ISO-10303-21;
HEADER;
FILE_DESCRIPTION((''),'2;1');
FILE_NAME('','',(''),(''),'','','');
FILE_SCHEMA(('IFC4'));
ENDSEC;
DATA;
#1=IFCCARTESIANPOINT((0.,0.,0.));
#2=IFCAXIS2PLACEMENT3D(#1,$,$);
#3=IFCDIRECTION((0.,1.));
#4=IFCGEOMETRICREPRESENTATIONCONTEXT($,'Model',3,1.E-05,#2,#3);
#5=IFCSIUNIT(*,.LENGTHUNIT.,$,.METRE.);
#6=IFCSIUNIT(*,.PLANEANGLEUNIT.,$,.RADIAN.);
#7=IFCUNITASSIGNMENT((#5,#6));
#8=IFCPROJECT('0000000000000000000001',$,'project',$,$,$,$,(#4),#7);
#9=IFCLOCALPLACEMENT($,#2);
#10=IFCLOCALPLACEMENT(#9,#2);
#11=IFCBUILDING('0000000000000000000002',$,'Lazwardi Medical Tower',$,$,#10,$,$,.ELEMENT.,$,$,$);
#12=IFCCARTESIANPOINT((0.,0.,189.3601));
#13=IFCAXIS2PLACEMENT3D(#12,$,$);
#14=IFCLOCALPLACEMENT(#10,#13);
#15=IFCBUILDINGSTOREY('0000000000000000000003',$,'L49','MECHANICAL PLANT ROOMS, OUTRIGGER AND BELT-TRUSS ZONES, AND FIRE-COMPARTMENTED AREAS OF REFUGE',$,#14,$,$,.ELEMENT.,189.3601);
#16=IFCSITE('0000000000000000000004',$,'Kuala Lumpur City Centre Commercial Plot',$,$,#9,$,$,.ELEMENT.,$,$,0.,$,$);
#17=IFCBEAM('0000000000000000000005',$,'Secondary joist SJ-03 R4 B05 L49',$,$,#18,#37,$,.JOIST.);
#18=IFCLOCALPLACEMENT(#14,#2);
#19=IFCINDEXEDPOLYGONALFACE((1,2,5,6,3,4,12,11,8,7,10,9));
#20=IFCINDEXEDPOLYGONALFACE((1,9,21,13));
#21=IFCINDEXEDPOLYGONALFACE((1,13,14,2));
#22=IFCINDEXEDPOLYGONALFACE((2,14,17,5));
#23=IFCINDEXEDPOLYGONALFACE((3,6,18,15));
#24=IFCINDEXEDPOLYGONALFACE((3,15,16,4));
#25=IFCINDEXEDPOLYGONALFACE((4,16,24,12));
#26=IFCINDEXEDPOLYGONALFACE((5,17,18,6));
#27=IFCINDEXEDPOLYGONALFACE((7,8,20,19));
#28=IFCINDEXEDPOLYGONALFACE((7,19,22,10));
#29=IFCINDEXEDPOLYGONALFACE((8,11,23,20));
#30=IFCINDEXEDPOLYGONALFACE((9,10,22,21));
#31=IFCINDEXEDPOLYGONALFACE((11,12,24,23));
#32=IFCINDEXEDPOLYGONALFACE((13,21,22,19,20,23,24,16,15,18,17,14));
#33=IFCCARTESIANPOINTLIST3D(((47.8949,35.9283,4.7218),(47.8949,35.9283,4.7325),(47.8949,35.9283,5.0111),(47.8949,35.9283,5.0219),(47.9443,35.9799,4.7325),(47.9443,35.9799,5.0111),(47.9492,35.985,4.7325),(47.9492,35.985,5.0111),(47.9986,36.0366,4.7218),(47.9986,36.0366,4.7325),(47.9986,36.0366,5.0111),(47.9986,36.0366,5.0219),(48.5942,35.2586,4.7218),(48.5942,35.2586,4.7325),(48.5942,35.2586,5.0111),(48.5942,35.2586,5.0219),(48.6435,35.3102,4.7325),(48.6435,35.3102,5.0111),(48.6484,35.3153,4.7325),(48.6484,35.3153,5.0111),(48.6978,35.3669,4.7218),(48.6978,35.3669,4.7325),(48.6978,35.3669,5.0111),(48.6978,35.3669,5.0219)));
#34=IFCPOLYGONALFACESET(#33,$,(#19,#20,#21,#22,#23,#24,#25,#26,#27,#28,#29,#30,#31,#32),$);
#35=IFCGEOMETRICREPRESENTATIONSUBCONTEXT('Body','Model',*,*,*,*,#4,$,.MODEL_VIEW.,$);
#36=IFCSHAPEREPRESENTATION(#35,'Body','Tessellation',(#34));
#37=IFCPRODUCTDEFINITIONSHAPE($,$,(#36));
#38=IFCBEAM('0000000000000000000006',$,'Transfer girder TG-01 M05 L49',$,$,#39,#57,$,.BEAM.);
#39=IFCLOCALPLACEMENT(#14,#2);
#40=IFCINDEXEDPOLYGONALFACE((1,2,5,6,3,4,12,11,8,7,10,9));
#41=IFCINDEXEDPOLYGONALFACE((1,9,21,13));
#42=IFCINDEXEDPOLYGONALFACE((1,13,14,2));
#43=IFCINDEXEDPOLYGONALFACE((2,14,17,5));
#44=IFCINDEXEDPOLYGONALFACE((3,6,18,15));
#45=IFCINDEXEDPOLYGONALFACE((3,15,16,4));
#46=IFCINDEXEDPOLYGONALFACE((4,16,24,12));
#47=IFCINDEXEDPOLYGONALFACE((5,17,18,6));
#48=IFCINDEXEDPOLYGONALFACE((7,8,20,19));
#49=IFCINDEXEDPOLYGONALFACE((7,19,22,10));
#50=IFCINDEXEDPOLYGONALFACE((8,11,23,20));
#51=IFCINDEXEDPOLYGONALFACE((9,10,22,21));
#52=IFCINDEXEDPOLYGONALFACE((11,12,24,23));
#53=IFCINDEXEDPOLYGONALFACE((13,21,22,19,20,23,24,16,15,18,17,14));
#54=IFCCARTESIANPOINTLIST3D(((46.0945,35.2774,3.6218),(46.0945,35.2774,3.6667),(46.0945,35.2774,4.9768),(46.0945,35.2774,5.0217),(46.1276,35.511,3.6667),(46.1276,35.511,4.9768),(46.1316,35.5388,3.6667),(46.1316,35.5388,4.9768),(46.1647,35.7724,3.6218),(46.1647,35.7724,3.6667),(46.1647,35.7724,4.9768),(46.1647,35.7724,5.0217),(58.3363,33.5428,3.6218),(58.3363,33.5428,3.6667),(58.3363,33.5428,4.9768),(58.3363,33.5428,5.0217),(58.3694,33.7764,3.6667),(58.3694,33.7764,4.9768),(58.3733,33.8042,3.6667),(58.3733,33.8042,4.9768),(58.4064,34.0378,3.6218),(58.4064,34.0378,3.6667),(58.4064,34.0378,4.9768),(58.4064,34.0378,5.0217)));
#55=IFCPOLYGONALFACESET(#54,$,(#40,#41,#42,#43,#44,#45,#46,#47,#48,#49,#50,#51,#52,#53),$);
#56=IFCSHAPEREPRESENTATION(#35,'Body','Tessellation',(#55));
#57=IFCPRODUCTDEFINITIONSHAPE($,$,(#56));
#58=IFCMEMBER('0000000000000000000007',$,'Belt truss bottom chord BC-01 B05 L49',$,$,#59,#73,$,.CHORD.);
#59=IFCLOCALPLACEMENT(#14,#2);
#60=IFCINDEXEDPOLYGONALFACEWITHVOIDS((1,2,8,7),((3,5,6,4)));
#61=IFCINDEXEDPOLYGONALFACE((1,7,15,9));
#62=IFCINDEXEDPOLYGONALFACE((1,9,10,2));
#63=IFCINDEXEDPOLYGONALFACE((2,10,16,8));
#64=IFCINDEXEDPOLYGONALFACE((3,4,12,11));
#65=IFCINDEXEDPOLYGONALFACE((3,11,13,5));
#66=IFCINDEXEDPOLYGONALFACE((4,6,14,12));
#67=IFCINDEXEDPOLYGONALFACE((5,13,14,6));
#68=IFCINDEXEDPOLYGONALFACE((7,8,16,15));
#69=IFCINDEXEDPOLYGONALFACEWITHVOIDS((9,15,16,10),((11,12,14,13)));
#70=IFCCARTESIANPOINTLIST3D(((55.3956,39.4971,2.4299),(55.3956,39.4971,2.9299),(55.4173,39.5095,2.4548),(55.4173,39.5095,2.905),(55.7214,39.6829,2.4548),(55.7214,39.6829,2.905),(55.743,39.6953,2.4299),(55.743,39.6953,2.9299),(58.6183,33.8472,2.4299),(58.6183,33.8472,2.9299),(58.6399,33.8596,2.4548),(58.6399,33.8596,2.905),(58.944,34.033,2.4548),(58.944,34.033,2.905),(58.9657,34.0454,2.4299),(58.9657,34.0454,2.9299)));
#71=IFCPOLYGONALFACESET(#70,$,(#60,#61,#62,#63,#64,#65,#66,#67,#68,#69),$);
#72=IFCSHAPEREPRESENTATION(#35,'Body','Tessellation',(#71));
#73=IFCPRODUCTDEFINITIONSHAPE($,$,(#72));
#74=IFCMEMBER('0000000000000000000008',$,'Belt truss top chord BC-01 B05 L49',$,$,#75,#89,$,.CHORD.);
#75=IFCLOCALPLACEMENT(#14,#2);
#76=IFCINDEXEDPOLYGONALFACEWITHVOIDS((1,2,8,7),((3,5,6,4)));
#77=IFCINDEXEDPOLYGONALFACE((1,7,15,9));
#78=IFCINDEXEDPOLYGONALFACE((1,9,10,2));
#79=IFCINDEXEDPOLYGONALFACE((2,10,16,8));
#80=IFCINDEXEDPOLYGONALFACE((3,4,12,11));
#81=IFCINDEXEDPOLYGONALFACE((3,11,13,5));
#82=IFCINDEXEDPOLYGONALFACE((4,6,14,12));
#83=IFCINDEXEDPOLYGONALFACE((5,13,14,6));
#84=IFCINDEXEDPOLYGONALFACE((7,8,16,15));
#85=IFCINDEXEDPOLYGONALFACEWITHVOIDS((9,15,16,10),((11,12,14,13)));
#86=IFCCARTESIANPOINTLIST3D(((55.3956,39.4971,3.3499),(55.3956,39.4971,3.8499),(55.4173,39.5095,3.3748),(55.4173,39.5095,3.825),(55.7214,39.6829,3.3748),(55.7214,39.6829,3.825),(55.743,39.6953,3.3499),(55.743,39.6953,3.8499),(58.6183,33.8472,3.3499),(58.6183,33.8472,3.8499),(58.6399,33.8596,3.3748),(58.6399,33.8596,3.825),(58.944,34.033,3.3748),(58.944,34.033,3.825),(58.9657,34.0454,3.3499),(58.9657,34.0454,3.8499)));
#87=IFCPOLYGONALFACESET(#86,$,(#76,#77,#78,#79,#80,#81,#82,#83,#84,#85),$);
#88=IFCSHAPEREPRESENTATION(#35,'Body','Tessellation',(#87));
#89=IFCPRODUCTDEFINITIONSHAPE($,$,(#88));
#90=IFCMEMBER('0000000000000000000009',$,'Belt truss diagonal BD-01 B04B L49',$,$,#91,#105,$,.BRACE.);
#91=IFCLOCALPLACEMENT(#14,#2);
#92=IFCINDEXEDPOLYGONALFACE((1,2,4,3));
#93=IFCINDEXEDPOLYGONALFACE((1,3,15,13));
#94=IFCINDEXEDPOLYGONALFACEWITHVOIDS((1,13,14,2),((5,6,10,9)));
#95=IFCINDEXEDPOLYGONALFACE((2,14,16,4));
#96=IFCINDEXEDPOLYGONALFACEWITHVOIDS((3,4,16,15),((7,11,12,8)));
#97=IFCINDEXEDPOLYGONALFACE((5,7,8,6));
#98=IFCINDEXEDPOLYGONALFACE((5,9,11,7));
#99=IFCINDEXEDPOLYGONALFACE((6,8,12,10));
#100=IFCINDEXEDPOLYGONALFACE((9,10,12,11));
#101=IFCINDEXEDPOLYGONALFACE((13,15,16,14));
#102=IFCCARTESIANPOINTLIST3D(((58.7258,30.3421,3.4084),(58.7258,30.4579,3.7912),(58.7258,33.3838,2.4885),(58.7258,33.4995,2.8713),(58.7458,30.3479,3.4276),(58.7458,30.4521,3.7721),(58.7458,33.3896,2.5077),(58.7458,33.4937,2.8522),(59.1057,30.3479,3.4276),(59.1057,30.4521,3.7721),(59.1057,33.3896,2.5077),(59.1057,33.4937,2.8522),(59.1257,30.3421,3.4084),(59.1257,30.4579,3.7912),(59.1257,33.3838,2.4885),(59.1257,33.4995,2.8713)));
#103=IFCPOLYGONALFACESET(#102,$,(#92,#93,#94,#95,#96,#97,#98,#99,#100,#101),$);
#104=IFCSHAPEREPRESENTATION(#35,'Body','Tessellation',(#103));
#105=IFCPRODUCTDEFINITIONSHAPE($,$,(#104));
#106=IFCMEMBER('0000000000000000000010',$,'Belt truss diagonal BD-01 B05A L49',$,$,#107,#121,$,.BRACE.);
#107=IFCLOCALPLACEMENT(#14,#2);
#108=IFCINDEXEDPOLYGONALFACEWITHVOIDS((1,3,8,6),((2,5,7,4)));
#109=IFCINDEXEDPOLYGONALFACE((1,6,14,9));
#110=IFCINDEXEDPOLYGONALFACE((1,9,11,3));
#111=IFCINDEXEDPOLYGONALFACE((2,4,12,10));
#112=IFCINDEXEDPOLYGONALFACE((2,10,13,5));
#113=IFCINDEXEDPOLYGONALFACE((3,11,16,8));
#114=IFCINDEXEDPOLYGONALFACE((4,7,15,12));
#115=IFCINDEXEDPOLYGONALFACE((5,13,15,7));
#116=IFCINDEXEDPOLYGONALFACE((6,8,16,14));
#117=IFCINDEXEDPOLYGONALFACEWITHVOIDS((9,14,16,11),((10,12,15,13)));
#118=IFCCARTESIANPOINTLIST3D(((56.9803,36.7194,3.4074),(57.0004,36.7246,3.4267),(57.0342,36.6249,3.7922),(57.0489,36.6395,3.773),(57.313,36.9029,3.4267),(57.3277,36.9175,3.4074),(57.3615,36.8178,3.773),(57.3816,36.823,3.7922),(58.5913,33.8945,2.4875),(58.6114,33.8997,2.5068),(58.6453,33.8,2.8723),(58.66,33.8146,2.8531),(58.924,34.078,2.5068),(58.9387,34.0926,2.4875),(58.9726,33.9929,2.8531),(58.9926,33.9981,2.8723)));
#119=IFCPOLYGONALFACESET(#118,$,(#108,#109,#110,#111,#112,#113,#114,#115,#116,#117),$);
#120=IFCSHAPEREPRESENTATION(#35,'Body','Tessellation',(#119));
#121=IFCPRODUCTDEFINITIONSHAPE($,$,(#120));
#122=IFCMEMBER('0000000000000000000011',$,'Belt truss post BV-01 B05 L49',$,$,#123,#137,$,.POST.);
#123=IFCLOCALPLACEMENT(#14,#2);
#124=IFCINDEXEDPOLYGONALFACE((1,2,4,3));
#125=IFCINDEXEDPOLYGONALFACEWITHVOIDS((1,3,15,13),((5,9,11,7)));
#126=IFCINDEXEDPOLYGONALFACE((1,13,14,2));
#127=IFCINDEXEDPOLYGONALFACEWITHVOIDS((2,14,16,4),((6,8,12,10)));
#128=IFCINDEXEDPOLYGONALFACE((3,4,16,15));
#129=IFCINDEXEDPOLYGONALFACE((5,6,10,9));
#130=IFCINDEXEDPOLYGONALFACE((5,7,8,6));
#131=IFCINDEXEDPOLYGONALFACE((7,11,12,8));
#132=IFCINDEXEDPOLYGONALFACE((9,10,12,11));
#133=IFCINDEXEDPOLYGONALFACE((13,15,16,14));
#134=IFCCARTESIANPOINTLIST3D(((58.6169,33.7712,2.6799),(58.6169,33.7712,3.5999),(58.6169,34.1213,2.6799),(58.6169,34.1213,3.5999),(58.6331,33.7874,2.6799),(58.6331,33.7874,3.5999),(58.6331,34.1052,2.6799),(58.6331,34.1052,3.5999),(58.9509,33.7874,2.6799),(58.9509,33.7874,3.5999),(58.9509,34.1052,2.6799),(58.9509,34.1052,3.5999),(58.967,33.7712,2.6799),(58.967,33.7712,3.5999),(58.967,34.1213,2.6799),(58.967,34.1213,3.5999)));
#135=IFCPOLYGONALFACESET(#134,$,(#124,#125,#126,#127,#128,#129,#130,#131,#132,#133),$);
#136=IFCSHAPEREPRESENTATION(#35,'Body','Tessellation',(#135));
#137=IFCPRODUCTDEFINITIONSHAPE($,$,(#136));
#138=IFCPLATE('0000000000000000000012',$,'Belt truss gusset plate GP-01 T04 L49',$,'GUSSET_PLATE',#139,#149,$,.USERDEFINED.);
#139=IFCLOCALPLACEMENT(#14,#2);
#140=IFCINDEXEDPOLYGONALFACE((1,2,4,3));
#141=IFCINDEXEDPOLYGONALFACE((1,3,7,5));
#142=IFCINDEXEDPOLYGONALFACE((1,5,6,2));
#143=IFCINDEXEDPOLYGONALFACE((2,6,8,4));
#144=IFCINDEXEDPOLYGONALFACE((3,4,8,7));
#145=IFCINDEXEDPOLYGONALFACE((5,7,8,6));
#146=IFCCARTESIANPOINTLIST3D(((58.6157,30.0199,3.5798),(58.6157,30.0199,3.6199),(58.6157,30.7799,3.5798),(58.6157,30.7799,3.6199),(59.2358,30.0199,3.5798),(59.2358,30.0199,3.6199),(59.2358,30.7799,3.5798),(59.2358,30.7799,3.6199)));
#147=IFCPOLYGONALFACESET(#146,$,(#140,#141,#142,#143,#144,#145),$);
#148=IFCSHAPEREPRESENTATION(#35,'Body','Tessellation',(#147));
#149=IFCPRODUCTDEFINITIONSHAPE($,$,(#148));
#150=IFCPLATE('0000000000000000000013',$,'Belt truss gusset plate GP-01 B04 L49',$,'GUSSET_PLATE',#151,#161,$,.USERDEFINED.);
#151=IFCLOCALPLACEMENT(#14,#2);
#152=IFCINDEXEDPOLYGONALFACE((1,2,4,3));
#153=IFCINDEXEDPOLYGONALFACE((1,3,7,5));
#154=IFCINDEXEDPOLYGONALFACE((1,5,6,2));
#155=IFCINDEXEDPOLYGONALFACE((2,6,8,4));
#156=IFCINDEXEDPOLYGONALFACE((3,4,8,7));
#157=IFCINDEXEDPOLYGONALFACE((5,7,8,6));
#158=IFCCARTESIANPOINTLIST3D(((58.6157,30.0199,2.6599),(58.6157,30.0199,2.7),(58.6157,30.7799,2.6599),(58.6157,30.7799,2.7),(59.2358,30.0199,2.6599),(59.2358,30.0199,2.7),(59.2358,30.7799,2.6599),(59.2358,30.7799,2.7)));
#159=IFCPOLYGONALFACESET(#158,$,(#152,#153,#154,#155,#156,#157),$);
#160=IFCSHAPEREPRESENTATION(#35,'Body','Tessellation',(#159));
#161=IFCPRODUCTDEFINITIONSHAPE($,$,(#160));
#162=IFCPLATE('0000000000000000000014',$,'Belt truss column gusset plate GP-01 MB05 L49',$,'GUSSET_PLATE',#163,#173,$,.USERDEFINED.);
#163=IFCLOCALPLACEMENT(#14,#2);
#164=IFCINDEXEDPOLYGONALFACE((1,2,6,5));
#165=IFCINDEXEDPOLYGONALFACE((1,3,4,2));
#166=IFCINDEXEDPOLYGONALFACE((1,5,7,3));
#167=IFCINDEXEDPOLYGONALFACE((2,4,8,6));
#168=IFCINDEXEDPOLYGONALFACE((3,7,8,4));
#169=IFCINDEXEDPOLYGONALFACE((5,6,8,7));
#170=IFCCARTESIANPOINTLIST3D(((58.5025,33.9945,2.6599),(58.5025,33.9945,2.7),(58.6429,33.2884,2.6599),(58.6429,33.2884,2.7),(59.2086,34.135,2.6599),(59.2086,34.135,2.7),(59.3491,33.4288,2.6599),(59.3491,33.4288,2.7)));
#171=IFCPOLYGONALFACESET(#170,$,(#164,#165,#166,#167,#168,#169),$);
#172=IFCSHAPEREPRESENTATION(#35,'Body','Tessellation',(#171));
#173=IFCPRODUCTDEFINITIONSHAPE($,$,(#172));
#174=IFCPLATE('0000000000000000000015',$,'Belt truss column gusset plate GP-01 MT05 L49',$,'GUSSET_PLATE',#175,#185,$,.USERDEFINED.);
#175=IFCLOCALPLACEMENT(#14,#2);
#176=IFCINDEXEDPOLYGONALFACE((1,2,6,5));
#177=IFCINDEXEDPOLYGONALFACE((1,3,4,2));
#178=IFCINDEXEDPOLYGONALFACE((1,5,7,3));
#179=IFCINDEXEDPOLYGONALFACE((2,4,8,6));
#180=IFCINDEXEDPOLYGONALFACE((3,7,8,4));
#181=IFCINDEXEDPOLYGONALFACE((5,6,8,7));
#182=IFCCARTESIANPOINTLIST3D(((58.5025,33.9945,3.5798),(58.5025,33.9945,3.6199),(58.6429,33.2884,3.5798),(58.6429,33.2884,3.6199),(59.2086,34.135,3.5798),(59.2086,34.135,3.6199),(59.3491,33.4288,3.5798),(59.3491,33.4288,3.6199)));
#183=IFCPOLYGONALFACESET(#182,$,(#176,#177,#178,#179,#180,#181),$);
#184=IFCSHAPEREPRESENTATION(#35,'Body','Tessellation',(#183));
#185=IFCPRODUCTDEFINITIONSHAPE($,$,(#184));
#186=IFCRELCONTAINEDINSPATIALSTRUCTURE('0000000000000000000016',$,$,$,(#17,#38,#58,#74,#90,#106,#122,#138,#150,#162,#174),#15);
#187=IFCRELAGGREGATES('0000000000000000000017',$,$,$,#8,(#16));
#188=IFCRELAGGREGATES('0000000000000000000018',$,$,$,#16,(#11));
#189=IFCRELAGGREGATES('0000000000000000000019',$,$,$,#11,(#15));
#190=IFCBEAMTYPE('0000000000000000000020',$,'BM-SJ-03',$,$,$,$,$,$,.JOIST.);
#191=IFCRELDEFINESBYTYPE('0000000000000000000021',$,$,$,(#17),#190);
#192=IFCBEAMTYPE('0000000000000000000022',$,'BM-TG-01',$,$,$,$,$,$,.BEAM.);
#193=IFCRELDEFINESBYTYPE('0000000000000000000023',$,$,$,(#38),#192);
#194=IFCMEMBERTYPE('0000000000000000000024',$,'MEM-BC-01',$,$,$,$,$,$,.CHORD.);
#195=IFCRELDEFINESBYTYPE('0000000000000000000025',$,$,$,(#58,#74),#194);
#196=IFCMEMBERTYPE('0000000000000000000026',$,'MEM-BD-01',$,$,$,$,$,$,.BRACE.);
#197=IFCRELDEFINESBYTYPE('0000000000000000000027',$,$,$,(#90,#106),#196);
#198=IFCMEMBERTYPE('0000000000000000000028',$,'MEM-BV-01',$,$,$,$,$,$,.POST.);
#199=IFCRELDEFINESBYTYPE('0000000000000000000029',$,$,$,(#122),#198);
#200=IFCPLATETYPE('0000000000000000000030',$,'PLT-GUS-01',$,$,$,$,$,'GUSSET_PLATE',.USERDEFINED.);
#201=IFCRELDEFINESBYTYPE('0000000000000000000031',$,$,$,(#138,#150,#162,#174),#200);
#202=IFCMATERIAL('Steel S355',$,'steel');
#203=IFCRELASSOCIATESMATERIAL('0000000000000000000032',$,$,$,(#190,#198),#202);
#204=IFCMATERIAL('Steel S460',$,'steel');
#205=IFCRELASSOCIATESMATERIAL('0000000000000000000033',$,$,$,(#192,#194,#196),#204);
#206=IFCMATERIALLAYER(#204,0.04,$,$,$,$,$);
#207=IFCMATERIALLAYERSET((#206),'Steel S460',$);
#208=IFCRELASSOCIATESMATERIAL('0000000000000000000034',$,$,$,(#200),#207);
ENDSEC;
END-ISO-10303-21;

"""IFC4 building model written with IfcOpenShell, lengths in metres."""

from ifc_helpers import new_model, si_unit, direction, frame, origin, origin_2d, place, context, subcontext, project, spatial, rectangle, hollow_rectangle, i_section, extrude, material, layer, layer_set, material_profile, profile_set, type_object, element, save


model = new_model("IFC4")

# Units and contexts
model_context = context("Model", 3, precision=1e-05, world=origin(), true_north=direction((0.0, 1.0)))
body_context = subcontext(model_context, "Body", "Model", "MODEL_VIEW")
ifc_project = project(units=[si_unit("LENGTHUNIT", "METRE"), si_unit("PLANEANGLEUNIT", "RADIAN")], contexts=[model_context])

# Site, building, storey
site_placement = place(None, origin())
site = spatial("IfcSite", under=ifc_project, at=site_placement, Name="Kuala Lumpur City Centre Commercial Plot", CompositionType="ELEMENT", RefElevation=0.0)
building_placement = place(site_placement, origin())
building = spatial("IfcBuilding", under=site, at=building_placement, Name="Lazwardi Medical Tower", CompositionType="ELEMENT")
storey_placement = place(building_placement, frame((0.0, 0.0, 189.3601)))
storey = spatial("IfcBuildingStorey", under=building, at=storey_placement, Name="L49", Description="MECHANICAL PLANT ROOMS, OUTRIGGER AND BELT-TRUSS ZONES, AND FIRE-COMPARTMENTED AREAS OF REFUGE", CompositionType="ELEMENT", Elevation=189.3601)

# Beams
ifc_material_1 = material(Name="Steel S460", Category="steel")
ifc_material_2 = material(Name="Steel S355", Category="steel")
ifc_material_profile_1 = material_profile(ifc_material_2, i_section(OverallWidth=0.1499, OverallDepth=0.3, WebThickness=0.0071, FlangeThickness=0.0107, at=origin_2d()), Name="IPE 300")
ifc_profile_set_1 = profile_set([ifc_material_profile_1], Name="Steel S355")
beam_type_1 = type_object("IfcBeamType", Name="BM-SJ-03", PredefinedType="JOIST", material=ifc_profile_set_1)
beam_1_placement = place(storey_placement, frame((48.646, 35.3127, 4.8718), z_axis=(-0.722198, 0.691686, 0.0), x_axis=(-0.691686, -0.722198, 0.0)))
element("IfcBeam", 1, at=beam_1_placement, inside=storey, type_object=beam_type_1, Name="Secondary joist SJ-03 R4 B05 L49", PredefinedType="JOIST", context=body_context, shape_type="SweptSolid", body=[
    extrude(i_section(OverallWidth=0.1499, OverallDepth=0.3, WebThickness=0.0071, FlangeThickness=0.0107, at=origin_2d()), origin(), (0.0, 0.0, 1.0), 0.9683),
])
ifc_material_profile_2 = material_profile(ifc_material_1, i_section(OverallWidth=0.5, OverallDepth=1.3999, WebThickness=0.0281, FlangeThickness=0.0449, at=origin_2d()), Name="PG 1400x500")
ifc_profile_set_2 = profile_set([ifc_material_profile_2], Name="Steel S460")
beam_type_2 = type_object("IfcBeamType", Name="BM-TG-01", PredefinedType="BEAM", material=ifc_profile_set_2)
beam_2_placement = place(storey_placement, frame((58.3713, 33.7903, 4.3218), z_axis=(-0.99011, 0.140296, 0.0), x_axis=(-0.140296, -0.99011, 0.0)))
element("IfcBeam", 2, at=beam_2_placement, inside=storey, type_object=beam_type_2, Name="Transfer girder TG-01 M05 L49", PredefinedType="BEAM", context=body_context, shape_type="SweptSolid", body=[
    extrude(i_section(OverallWidth=0.5, OverallDepth=1.3999, WebThickness=0.0281, FlangeThickness=0.0449, at=origin_2d()), origin(), (0.0, 0.0, 1.0), 12.364),
])

# Members
ifc_material_profile_3 = material_profile(ifc_material_1, hollow_rectangle(XDim=0.3999, YDim=0.5, WallThickness=0.0249, at=origin_2d()), Name="RHS 500x400x25")
ifc_profile_set_3 = profile_set([ifc_material_profile_3], Name="Steel S460")
member_type_1 = type_object("IfcMemberType", Name="MEM-BC-01", PredefinedType="CHORD", material=ifc_profile_set_3)
for number, where, z_axis, x_axis, name in (
    (3, (58.792, 33.9463, 2.6799), (-0.49546, 0.868631, 0.0), (-0.868631, -0.49546, 0.0), "Belt truss bottom chord BC-01 B05 L49"),
    (4, (58.792, 33.9463, 3.5999), (-0.49546, 0.868631, 0.0), (-0.868631, -0.49546, 0.0), "Belt truss top chord BC-01 B05 L49"),
):
    element("IfcMember", number, at=place(storey_placement, frame(where, z_axis=z_axis, x_axis=x_axis)), inside=storey, type_object=member_type_1, Name=name, PredefinedType="CHORD", context=body_context, shape_type="SweptSolid", body=[
        extrude(hollow_rectangle(XDim=0.3999, YDim=0.5, WallThickness=0.0249, at=origin_2d()), origin(), (0.0, 0.0, 1.0), 6.5044),
    ])
ifc_material_profile_4 = material_profile(ifc_material_1, hollow_rectangle(XDim=0.3999, YDim=0.3999, WallThickness=0.02, at=origin_2d()), Name="RHS 400x400x20")
ifc_profile_set_4 = profile_set([ifc_material_profile_4], Name="Steel S460")
member_type_2 = type_object("IfcMemberType", Name="MEM-BD-01", PredefinedType="BRACE", material=ifc_profile_set_4)
member_1_placement = place(storey_placement, frame((58.9258, 33.4417, 2.6799), z_axis=(0.0, -0.957183, 0.289483), x_axis=(1.0, 0.0, 0.0)))
element("IfcMember", 5, at=member_1_placement, inside=storey, type_object=member_type_2, Name="Belt truss diagonal BD-01 B04B L49", PredefinedType="BRACE", context=body_context, shape_type="SweptSolid", body=[
    extrude(hollow_rectangle(XDim=0.3999, YDim=0.3999, WallThickness=0.02, at=origin_2d()), origin(), (0.0, 0.0, 1.0), 3.1777),
])
member_2_placement = place(storey_placement, frame((58.792, 33.9463, 2.6799), z_axis=(-0.476698, 0.835865, 0.272192), x_axis=(-0.868663, -0.495403, 0.0)))
element("IfcMember", 6, at=member_2_placement, inside=storey, type_object=member_type_2, Name="Belt truss diagonal BD-01 B05A L49", PredefinedType="BRACE", context=body_context, shape_type="SweptSolid", body=[
    extrude(hollow_rectangle(XDim=0.3999, YDim=0.3999, WallThickness=0.02, at=origin_2d()), origin(), (0.0, 0.0, 1.0), 3.3796),
])
ifc_material_profile_5 = material_profile(ifc_material_2, hollow_rectangle(XDim=0.3501, YDim=0.3501, WallThickness=0.0161, at=origin_2d()), Name="RHS 350x350x16")
ifc_profile_set_5 = profile_set([ifc_material_profile_5], Name="Steel S355")
member_type_3 = type_object("IfcMemberType", Name="MEM-BV-01", PredefinedType="POST", material=ifc_profile_set_5)
member_3_placement = place(storey_placement, frame((58.792, 33.9463, 2.6799), z_axis=(0.0, 0.0, 1.0), x_axis=(1.0, 0.0, 0.0)))
element("IfcMember", 7, at=member_3_placement, inside=storey, type_object=member_type_3, Name="Belt truss post BV-01 B05 L49", PredefinedType="POST", context=body_context, shape_type="SweptSolid", body=[
    extrude(hollow_rectangle(XDim=0.3501, YDim=0.3501, WallThickness=0.0161, at=origin_2d()), origin(), (0.0, 0.0, 1.0), 0.9199),
])

# Plates
ifc_layer_1 = layer(ifc_material_1, 0.04)
ifc_layer_set_1 = layer_set([ifc_layer_1], Name="Steel S460")
plate_type = type_object("IfcPlateType", Name="PLT-GUS-01", ElementType="GUSSET_PLATE", PredefinedType="USERDEFINED", material=ifc_layer_set_1)
for number, where, z_axis, x_axis, name in (
    (8, (58.9258, 30.3999, 3.5798), (0.0, 0.0, 1.0), (0.0, 1.0, 0.0), "Belt truss gusset plate GP-01 T04 L49"),
    (9, (58.9258, 30.3999, 2.6599), (0.0, 0.0, 1.0), (0.0, 1.0, 0.0), "Belt truss gusset plate GP-01 B04 L49"),
):
    element("IfcPlate", number, at=place(storey_placement, frame(where, z_axis=z_axis, x_axis=x_axis)), inside=storey, type_object=plate_type, Name=name, ObjectType="GUSSET_PLATE", PredefinedType="USERDEFINED", context=body_context, shape_type="SweptSolid", body=[
        extrude(rectangle(XDim=0.76, YDim=0.6201, at=origin_2d()), origin(), (0.0, 0.0, 1.0), 0.04),
    ])
for number, where, z_axis, x_axis, name in (
    (10, (58.9258, 33.7117, 2.6599), (0.0, 0.0, 1.0), (0.980785, 0.19509, 0.0), "Belt truss column gusset plate GP-01 MB05 L49"),
    (11, (58.9258, 33.7117, 3.5798), (0.0, 0.0, 1.0), (0.980785, 0.19509, 0.0), "Belt truss column gusset plate GP-01 MT05 L49"),
):
    element("IfcPlate", number, at=place(storey_placement, frame(where, z_axis=z_axis, x_axis=x_axis)), inside=storey, type_object=plate_type, Name=name, ObjectType="GUSSET_PLATE", PredefinedType="USERDEFINED", context=body_context, shape_type="SweptSolid", body=[
        extrude(rectangle(XDim=0.72, YDim=0.72, at=origin_2d()), origin(), (0.0, 0.0, 1.0), 0.04),
    ])

save(model, "model.ifc")
